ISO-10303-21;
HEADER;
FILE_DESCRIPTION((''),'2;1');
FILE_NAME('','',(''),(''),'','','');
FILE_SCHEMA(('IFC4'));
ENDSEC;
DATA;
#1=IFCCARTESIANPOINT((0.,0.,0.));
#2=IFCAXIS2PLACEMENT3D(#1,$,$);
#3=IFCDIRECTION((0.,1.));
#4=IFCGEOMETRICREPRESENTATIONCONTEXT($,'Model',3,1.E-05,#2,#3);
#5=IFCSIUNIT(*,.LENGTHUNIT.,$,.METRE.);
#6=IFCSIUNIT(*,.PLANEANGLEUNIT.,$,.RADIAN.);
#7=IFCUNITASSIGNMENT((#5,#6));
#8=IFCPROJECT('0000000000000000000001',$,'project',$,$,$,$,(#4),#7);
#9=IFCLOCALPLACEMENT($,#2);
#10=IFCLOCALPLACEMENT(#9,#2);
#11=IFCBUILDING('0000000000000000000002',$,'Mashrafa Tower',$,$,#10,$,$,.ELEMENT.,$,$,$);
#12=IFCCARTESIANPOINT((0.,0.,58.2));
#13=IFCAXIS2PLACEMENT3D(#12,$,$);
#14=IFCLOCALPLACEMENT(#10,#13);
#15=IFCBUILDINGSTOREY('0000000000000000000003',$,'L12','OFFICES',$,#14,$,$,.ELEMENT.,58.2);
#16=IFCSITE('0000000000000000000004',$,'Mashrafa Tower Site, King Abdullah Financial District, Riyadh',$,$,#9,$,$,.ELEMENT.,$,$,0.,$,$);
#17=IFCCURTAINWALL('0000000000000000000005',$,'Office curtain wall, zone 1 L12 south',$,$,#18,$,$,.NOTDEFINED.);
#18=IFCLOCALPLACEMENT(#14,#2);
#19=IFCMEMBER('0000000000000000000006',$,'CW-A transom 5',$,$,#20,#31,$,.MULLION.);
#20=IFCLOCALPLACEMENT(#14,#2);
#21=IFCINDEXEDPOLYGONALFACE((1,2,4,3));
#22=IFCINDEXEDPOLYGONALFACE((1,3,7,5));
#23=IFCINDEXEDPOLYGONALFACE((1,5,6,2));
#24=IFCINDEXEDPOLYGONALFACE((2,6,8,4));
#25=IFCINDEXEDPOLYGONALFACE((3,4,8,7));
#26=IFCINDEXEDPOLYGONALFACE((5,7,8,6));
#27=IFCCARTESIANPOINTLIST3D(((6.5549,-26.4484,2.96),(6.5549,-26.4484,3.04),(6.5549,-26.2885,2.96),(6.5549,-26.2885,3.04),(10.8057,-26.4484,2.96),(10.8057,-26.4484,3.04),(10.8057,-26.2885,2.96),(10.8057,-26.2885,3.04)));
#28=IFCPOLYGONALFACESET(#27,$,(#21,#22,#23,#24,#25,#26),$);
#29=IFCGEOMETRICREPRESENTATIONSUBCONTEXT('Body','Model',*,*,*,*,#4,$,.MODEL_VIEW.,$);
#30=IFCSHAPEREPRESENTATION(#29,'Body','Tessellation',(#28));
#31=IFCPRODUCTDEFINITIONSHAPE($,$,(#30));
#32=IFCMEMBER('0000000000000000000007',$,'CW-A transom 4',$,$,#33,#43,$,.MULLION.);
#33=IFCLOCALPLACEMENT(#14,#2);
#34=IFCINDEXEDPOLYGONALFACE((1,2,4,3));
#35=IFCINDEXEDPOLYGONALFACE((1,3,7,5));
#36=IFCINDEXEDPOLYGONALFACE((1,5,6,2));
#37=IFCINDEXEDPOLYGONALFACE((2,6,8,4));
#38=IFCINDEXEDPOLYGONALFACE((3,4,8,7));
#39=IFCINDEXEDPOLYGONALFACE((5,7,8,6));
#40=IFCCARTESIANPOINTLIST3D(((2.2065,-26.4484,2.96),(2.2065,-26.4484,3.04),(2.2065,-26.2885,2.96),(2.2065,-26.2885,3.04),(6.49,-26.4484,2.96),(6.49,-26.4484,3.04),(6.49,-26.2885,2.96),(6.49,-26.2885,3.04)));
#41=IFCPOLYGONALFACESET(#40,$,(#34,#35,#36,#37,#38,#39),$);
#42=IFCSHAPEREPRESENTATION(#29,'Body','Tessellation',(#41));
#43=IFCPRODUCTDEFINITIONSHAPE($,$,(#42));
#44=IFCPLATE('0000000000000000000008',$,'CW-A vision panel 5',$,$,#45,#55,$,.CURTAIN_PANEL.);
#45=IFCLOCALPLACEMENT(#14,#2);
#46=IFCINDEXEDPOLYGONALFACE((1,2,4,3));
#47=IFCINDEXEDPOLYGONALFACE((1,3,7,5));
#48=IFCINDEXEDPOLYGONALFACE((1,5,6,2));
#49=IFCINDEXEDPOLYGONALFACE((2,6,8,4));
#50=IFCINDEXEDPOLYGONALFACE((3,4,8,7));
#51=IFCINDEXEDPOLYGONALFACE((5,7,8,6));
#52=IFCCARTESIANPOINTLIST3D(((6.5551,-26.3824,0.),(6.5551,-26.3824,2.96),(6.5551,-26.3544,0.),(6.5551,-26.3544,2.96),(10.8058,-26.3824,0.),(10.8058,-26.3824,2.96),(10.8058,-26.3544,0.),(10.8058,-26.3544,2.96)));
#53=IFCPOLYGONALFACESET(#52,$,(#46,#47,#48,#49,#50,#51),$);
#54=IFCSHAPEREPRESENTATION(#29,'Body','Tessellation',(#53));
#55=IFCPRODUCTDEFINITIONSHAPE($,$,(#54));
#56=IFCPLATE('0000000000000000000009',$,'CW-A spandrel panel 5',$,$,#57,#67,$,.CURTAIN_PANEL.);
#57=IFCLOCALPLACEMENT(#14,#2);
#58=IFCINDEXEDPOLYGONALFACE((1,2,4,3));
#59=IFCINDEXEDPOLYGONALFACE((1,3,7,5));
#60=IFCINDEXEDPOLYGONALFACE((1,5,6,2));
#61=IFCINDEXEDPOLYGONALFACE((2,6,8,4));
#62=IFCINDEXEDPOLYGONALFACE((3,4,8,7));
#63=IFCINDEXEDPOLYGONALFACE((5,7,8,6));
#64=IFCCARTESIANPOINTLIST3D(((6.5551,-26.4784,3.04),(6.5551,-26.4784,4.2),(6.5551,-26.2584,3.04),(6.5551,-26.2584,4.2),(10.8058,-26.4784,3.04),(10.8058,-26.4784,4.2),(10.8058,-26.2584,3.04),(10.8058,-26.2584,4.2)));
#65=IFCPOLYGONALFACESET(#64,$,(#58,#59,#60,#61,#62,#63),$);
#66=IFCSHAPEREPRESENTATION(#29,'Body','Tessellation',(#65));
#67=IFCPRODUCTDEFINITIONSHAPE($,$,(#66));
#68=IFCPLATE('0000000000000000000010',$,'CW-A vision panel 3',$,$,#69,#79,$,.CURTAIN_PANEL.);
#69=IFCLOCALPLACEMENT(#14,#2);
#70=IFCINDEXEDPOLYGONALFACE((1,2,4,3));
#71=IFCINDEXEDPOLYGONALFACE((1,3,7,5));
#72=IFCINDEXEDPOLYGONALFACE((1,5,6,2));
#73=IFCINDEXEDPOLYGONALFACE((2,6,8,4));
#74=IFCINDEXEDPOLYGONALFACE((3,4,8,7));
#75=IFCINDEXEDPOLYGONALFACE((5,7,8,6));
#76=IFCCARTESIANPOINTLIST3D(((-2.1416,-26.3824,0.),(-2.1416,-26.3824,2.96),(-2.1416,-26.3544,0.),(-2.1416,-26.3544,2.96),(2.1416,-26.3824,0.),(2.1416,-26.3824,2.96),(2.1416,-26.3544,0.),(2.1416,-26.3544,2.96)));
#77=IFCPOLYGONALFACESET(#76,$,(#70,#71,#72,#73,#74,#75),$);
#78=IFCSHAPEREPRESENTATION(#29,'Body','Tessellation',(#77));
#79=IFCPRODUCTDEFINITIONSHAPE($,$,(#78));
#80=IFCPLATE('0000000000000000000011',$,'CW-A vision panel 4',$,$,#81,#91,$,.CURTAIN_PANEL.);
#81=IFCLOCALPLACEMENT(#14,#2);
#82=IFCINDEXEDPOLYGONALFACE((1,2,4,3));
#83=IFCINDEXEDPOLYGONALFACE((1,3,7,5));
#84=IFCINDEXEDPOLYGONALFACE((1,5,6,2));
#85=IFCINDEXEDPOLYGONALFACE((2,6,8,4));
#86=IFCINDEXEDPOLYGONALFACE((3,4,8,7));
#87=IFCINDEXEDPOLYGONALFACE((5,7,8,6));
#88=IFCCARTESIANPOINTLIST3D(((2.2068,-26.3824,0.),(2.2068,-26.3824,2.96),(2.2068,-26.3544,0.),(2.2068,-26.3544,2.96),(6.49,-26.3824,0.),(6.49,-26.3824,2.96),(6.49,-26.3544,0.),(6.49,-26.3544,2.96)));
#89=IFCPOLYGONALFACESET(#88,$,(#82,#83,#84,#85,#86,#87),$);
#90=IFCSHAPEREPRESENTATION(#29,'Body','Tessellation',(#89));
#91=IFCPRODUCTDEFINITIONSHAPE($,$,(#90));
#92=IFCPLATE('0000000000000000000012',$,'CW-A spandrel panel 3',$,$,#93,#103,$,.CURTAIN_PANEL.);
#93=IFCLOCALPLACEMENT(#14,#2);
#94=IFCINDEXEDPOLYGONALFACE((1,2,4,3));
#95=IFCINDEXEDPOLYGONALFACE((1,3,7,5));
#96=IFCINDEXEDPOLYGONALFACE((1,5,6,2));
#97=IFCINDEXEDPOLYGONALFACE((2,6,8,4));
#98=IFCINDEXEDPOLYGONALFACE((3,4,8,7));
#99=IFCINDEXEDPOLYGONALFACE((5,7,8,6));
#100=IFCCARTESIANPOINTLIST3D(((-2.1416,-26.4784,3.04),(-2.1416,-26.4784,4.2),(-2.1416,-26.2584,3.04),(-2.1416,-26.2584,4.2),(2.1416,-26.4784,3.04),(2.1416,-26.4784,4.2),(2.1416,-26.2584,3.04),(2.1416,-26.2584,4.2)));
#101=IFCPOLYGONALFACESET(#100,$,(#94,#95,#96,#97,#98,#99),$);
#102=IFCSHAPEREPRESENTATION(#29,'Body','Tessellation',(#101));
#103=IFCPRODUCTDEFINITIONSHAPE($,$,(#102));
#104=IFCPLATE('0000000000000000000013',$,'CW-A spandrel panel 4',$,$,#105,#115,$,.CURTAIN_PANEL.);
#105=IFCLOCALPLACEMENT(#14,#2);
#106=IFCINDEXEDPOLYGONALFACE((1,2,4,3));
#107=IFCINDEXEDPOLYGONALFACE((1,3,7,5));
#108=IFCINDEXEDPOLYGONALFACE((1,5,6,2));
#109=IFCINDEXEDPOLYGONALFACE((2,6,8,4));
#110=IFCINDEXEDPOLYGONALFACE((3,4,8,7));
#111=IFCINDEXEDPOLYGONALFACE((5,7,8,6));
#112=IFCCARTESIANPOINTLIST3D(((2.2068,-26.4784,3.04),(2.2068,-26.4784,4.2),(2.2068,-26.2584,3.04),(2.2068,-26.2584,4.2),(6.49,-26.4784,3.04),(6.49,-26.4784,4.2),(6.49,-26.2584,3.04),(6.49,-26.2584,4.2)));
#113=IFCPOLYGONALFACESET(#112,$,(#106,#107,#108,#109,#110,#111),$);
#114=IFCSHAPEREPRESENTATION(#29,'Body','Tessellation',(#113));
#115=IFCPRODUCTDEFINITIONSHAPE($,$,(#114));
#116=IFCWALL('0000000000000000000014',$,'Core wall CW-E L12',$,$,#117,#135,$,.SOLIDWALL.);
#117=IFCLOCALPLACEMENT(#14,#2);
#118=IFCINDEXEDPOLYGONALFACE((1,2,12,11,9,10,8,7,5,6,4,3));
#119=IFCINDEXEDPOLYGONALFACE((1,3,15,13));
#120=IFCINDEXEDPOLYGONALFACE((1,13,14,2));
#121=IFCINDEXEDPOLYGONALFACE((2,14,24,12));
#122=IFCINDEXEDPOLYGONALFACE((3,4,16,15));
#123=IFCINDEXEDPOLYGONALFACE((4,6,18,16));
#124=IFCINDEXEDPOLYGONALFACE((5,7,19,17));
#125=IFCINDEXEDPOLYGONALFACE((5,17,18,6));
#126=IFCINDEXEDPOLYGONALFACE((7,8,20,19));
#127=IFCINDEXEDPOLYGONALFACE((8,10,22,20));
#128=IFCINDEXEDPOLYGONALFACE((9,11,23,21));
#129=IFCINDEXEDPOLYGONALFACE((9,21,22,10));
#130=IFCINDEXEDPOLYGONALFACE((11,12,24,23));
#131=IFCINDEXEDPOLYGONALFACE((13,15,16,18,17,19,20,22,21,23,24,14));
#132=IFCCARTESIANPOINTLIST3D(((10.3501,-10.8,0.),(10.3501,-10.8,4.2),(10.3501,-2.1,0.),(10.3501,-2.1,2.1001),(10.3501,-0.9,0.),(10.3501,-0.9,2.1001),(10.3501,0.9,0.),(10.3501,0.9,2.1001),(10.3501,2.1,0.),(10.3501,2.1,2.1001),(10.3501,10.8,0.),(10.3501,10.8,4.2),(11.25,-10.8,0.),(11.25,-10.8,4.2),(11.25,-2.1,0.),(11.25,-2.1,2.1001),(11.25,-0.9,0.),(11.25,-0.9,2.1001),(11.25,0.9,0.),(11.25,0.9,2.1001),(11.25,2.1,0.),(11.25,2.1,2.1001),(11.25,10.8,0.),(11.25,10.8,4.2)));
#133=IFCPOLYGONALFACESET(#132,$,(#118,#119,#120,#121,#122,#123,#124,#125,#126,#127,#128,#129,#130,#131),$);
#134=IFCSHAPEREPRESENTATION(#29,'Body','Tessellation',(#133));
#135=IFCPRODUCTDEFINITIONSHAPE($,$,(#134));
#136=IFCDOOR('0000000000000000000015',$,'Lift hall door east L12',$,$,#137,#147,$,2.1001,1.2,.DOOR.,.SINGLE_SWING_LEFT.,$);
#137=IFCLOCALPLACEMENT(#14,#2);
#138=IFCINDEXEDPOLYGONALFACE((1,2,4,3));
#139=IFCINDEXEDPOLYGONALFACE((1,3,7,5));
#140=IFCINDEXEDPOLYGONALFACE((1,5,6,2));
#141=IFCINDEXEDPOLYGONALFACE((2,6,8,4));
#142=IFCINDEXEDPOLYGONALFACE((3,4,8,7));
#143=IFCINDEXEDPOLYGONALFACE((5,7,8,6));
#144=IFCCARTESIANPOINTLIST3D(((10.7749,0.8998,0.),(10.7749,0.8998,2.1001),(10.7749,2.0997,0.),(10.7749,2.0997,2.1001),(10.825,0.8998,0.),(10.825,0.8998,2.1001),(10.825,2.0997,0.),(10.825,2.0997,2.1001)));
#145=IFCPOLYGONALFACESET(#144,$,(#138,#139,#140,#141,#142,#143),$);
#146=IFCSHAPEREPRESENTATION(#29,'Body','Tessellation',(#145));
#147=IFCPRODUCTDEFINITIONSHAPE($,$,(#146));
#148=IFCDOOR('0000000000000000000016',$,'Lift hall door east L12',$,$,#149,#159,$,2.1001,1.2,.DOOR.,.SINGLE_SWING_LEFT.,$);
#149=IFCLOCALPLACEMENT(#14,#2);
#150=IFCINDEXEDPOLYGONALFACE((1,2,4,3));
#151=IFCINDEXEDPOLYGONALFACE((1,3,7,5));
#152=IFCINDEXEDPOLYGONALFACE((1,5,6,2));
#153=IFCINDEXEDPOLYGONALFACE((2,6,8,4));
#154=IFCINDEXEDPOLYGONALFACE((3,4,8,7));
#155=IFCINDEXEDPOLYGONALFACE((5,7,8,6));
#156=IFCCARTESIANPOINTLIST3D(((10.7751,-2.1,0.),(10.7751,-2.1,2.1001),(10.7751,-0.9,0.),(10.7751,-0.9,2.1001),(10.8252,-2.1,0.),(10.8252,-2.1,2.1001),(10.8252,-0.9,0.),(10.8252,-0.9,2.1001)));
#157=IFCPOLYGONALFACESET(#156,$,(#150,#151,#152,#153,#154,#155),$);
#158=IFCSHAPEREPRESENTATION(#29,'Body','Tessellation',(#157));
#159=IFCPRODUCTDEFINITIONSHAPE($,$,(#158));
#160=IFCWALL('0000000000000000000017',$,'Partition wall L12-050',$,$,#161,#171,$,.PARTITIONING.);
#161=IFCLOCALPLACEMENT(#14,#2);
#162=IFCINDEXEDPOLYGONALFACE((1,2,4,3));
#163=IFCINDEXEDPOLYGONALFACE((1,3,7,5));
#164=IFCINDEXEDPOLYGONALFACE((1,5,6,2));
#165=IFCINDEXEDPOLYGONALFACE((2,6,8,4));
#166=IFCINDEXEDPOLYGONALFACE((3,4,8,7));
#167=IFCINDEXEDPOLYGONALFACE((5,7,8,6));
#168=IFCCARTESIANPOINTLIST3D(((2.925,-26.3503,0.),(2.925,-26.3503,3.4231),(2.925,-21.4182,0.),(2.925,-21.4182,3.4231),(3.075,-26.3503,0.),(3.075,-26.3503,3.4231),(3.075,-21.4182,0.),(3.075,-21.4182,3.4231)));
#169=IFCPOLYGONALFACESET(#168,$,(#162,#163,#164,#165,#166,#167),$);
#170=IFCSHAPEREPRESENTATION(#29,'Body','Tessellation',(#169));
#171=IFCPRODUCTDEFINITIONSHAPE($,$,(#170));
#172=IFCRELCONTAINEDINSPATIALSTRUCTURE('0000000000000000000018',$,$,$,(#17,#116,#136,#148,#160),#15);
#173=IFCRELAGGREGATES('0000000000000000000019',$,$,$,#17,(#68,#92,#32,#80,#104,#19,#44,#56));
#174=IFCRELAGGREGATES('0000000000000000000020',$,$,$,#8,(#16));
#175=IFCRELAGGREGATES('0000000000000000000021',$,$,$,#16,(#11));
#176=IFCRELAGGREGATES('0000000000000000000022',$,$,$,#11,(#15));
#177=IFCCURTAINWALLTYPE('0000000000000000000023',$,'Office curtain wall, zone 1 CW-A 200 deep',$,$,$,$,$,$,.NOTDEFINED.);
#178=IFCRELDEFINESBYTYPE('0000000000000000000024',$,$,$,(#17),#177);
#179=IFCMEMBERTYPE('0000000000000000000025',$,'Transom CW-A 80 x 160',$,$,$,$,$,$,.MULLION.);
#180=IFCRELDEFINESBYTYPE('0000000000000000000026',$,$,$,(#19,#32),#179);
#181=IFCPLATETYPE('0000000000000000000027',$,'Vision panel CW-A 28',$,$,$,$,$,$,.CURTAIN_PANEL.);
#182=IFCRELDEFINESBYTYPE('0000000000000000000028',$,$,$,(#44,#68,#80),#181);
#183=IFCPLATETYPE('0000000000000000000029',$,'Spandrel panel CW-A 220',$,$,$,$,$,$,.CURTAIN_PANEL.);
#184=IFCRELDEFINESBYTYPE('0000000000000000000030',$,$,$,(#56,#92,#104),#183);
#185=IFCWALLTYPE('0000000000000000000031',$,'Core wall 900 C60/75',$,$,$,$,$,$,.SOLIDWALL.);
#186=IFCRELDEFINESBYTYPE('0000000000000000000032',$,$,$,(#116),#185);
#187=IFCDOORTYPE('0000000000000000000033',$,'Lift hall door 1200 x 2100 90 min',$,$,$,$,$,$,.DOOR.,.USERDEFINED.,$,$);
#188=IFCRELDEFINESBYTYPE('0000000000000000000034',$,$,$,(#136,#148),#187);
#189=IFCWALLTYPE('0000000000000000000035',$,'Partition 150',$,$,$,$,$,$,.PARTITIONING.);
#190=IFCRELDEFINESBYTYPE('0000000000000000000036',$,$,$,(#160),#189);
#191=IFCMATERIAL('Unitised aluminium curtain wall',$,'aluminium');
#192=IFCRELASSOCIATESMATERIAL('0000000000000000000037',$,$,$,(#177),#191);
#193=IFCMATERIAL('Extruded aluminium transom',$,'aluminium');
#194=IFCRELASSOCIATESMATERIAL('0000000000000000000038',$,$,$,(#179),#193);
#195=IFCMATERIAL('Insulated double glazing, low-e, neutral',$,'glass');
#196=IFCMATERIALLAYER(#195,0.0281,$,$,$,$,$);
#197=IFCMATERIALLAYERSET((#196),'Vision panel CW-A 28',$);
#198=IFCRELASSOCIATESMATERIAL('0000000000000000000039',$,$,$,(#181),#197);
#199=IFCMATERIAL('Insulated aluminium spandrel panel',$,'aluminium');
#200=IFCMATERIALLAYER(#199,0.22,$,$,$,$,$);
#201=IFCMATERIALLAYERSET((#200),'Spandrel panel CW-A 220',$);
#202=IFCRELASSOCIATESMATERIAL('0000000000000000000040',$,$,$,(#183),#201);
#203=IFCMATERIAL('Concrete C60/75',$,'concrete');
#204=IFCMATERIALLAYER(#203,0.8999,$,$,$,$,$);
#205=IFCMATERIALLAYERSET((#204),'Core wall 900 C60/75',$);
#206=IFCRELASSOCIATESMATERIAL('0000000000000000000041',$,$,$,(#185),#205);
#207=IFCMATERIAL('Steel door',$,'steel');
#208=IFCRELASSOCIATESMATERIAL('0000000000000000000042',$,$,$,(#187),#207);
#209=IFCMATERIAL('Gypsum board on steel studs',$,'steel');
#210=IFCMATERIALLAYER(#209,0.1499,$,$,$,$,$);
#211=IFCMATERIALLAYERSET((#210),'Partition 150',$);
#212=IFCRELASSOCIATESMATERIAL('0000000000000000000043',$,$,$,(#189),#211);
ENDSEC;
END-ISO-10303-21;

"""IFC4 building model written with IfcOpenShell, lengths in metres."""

from ifc_helpers import new_model, si_unit, direction, frame, frame_2d, origin, origin_2d, place, context, subcontext, project, spatial, rectangle, extrude, source, transform, mapped, material, layer, layer_set, material_profile, profile_set, type_object, type_shapes, element, fill, aggregate, save


model = new_model("IFC4")

# Units and contexts
model_context = context("Model", 3, precision=1e-05, world=origin(), true_north=direction((0.0, 1.0)))
body_context = subcontext(model_context, "Body", "Model", "MODEL_VIEW")
ifc_project = project(units=[si_unit("LENGTHUNIT", "METRE"), si_unit("PLANEANGLEUNIT", "RADIAN")], contexts=[model_context])

# Site, building, storey
site_placement = place(None, origin())
site = spatial("IfcSite", under=ifc_project, at=site_placement, Name="Mashrafa Tower Site, King Abdullah Financial District, Riyadh", CompositionType="ELEMENT", RefElevation=0.0)
building_placement = place(site_placement, origin())
building = spatial("IfcBuilding", under=site, at=building_placement, Name="Mashrafa Tower", CompositionType="ELEMENT")
storey_placement = place(building_placement, frame((0.0, 0.0, 58.2)))
storey = spatial("IfcBuildingStorey", under=building, at=storey_placement, Name="L12", Description="OFFICES", CompositionType="ELEMENT", Elevation=58.2)

# Curtain wall, members, plates
ifc_material_1 = material(Name="Unitised aluminium curtain wall", Category="aluminium")
curtain_wall_type = type_object("IfcCurtainWallType", Name="Office curtain wall, zone 1 CW-A 200 deep", PredefinedType="NOTDEFINED", material=ifc_material_1)
curtain_wall_placement = place(storey_placement, origin())
curtain_wall = element("IfcCurtainWall", 1, at=curtain_wall_placement, inside=storey, type_object=curtain_wall_type, Name="Office curtain wall, zone 1 L12 south", PredefinedType="NOTDEFINED")
ifc_material_2 = material(Name="Extruded aluminium transom", Category="aluminium")
ifc_material_profile_1 = material_profile(ifc_material_2, rectangle(XDim=0.1599, YDim=0.0801, at=origin_2d()), Name="Transom 80x160")
ifc_profile_set_1 = profile_set([ifc_material_profile_1], Name="Extruded aluminium transom")
member_type_1 = type_object("IfcMemberType", Name="Transom CW-A 80 x 160", PredefinedType="MULLION", material=ifc_profile_set_1)
shared_shape_1 = source(origin(), body_context, "Body", "SweptSolid", [
    extrude(rectangle(XDim=0.1599, YDim=0.0801, at=origin_2d()), origin(), (0.0, 0.0, 1.0), 4.2507),
])
member_1_placement = place(storey_placement, frame((6.5549, -26.3684, 3.0), z_axis=(1.0, 0.0, 0.0), x_axis=(0.0, 1.0, 0.0)))
member_1 = element("IfcMember", 2, at=member_1_placement, type_object=member_type_1, Name="CW-A transom 5", PredefinedType="MULLION", context=body_context, shape_type="MappedRepresentation", body=[
    mapped(shared_shape_1, transform((0.0, 0.0, 0.0))),
])
shared_shape_2 = source(origin(), body_context, "Body", "SweptSolid", [
    extrude(rectangle(XDim=0.1599, YDim=0.0801, at=origin_2d()), origin(), (0.0, 0.0, 1.0), 4.2834),
])
type_shapes(member_type_1, [shared_shape_1, shared_shape_2])
member_2_placement = place(storey_placement, frame((2.2065, -26.3684, 3.0), z_axis=(1.0, 0.0, 0.0), x_axis=(0.0, 1.0, 0.0)))
member_2 = element("IfcMember", 3, at=member_2_placement, type_object=member_type_1, Name="CW-A transom 4", PredefinedType="MULLION", context=body_context, shape_type="MappedRepresentation", body=[
    mapped(shared_shape_2, transform((0.0, 0.0, 0.0))),
])
ifc_material_3 = material(Name="Insulated double glazing, low-e, neutral", Category="glass")
ifc_layer_1 = layer(ifc_material_3, 0.0281)
ifc_layer_set_1 = layer_set([ifc_layer_1], Name="Vision panel CW-A 28")
plate_type_1 = type_object("IfcPlateType", Name="Vision panel CW-A 28", PredefinedType="CURTAIN_PANEL", material=ifc_layer_set_1)
shared_shape_3 = source(origin(), body_context, "Body", "SweptSolid", [
    extrude(rectangle(XDim=4.2507, YDim=0.0281, at=origin_2d()), origin(), (0.0, 0.0, 1.0), 2.96),
])
plate_1_placement = place(storey_placement, frame((8.6804, -26.3684, 0.0), z_axis=(0.0, 0.0, 1.0), x_axis=(1.0, 0.0, 0.0)))
plate_1 = element("IfcPlate", 4, at=plate_1_placement, type_object=plate_type_1, Name="CW-A vision panel 5", PredefinedType="CURTAIN_PANEL", context=body_context, shape_type="MappedRepresentation", body=[
    mapped(shared_shape_3, transform((0.0, 0.0, 0.0))),
])
ifc_material_4 = material(Name="Insulated aluminium spandrel panel", Category="aluminium")
ifc_layer_2 = layer(ifc_material_4, 0.22)
ifc_layer_set_2 = layer_set([ifc_layer_2], Name="Spandrel panel CW-A 220")
plate_type_2 = type_object("IfcPlateType", Name="Spandrel panel CW-A 220", PredefinedType="CURTAIN_PANEL", material=ifc_layer_set_2)
shared_shape_4 = source(origin(), body_context, "Body", "SweptSolid", [
    extrude(rectangle(XDim=4.2507, YDim=0.22, at=origin_2d()), origin(), (0.0, 0.0, 1.0), 1.1599),
])
plate_2_placement = place(storey_placement, frame((8.6804, -26.3684, 3.04), z_axis=(0.0, 0.0, 1.0), x_axis=(1.0, 0.0, 0.0)))
plate_2 = element("IfcPlate", 5, at=plate_2_placement, type_object=plate_type_2, Name="CW-A spandrel panel 5", PredefinedType="CURTAIN_PANEL", context=body_context, shape_type="MappedRepresentation", body=[
    mapped(shared_shape_4, transform((0.0, 0.0, 0.0))),
])
shared_shape_5 = source(origin(), body_context, "Body", "SweptSolid", [
    extrude(rectangle(XDim=4.2832, YDim=0.0281, at=origin_2d()), origin(), (0.0, 0.0, 1.0), 2.96),
])
type_shapes(plate_type_1, [shared_shape_3, shared_shape_5])
plate_3_placement = place(storey_placement, frame((0.0, -26.3684, 0.0), z_axis=(0.0, 0.0, 1.0), x_axis=(1.0, 0.0, 0.0)))
plate_3 = element("IfcPlate", 6, at=plate_3_placement, type_object=plate_type_1, Name="CW-A vision panel 3", PredefinedType="CURTAIN_PANEL", context=body_context, shape_type="MappedRepresentation", body=[
    mapped(shared_shape_5, transform((0.0, 0.0, 0.0))),
])
plate_4_placement = place(storey_placement, frame((4.3484, -26.3684, 0.0), z_axis=(0.0, 0.0, 1.0), x_axis=(1.0, 0.0, 0.0)))
plate_4 = element("IfcPlate", 7, at=plate_4_placement, type_object=plate_type_1, Name="CW-A vision panel 4", PredefinedType="CURTAIN_PANEL", context=body_context, shape_type="MappedRepresentation", body=[
    mapped(shared_shape_5, transform((0.0, 0.0, 0.0))),
])
shared_shape_6 = source(origin(), body_context, "Body", "SweptSolid", [
    extrude(rectangle(XDim=4.2832, YDim=0.22, at=origin_2d()), origin(), (0.0, 0.0, 1.0), 1.1599),
])
type_shapes(plate_type_2, [shared_shape_4, shared_shape_6])
plate_5_placement = place(storey_placement, frame((0.0, -26.3684, 3.04), z_axis=(0.0, 0.0, 1.0), x_axis=(1.0, 0.0, 0.0)))
plate_5 = element("IfcPlate", 8, at=plate_5_placement, type_object=plate_type_2, Name="CW-A spandrel panel 3", PredefinedType="CURTAIN_PANEL", context=body_context, shape_type="MappedRepresentation", body=[
    mapped(shared_shape_6, transform((0.0, 0.0, 0.0))),
])
plate_6_placement = place(storey_placement, frame((4.3484, -26.3684, 3.04), z_axis=(0.0, 0.0, 1.0), x_axis=(1.0, 0.0, 0.0)))
plate_6 = element("IfcPlate", 9, at=plate_6_placement, type_object=plate_type_2, Name="CW-A spandrel panel 4", PredefinedType="CURTAIN_PANEL", context=body_context, shape_type="MappedRepresentation", body=[
    mapped(shared_shape_6, transform((0.0, 0.0, 0.0))),
])
aggregate(curtain_wall, [plate_3, plate_5, member_2, plate_4, plate_6, member_1, plate_1, plate_2])

# Wall, openings, doors
ifc_material_5 = material(Name="Concrete C60/75", Category="concrete")
ifc_layer_3 = layer(ifc_material_5, 0.8999)
ifc_layer_set_3 = layer_set([ifc_layer_3], Name="Core wall 900 C60/75")
wall_type_1 = type_object("IfcWallType", Name="Core wall 900 C60/75", PredefinedType="SOLIDWALL", material=ifc_layer_set_3)
wall_1_placement = place(storey_placement, frame((10.8, -10.8, 0.0), z_axis=(0.0, 0.0, 1.0), x_axis=(0.0, 1.0, 0.0)))
wall_1 = element("IfcWall", 10, at=wall_1_placement, inside=storey, type_object=wall_type_1, Name="Core wall CW-E L12", PredefinedType="SOLIDWALL", context=body_context, shape_type="SweptSolid", body=[
    extrude(rectangle(XDim=21.6001, YDim=0.8999, at=frame_2d((10.8, 0.0))), origin(), (0.0, 0.0, 1.0), 4.2),
])
opening_1_placement = place(wall_1_placement, frame((11.7, 0.0, 0.0)))
opening_1 = element("IfcOpeningElement", 11, at=opening_1_placement, cuts=wall_1, PredefinedType="OPENING", context=body_context, shape_type="SweptSolid", body=[
    extrude(rectangle(XDim=1.2, YDim=2.1001, at=frame_2d((0.6001, 1.05))), frame((0.0, 0.46, 0.0), z_axis=(0.0, -1.0, 0.0), x_axis=(1.0, 0.0, 0.0)), (0.0, 0.0, 1.0), 0.9199),
])
opening_2_placement = place(wall_1_placement, frame((8.7, 0.0, 0.0)))
opening_2 = element("IfcOpeningElement", 12, at=opening_2_placement, cuts=wall_1, PredefinedType="OPENING", context=body_context, shape_type="SweptSolid", body=[
    extrude(rectangle(XDim=1.2, YDim=2.1001, at=frame_2d((0.6001, 1.05))), frame((0.0, 0.46, 0.0), z_axis=(0.0, -1.0, 0.0), x_axis=(1.0, 0.0, 0.0)), (0.0, 0.0, 1.0), 0.9199),
])
ifc_material_6 = material(Name="Steel door", Category="steel")
door_type_1 = type_object("IfcDoorType", Name="Lift hall door 1200 x 2100 90 min", OperationType="USERDEFINED", PredefinedType="DOOR", material=ifc_material_6)
door_1_placement = place(opening_1_placement, frame((1.2, 0.0, 0.0), z_axis=(0.0, 0.0, 1.0), x_axis=(-1.0, 0.0, 0.0)))
door_1 = element("IfcDoor", 13, at=door_1_placement, inside=storey, type_object=door_type_1, Name="Lift hall door east L12", OperationType="SINGLE_SWING_LEFT", OverallHeight=2.1001, OverallWidth=1.2, PredefinedType="DOOR", context=body_context, shape_type="SweptSolid", body=[
    extrude(rectangle(XDim=1.2, YDim=2.1001, at=frame_2d((0.6001, 1.05))), frame((0.0, 0.0249, 0.0), z_axis=(0.0, -1.0, 0.0), x_axis=(1.0, 0.0, 0.0)), (0.0, 0.0, 1.0), 0.05),
])
fill(opening_1, door_1)
door_2_placement = place(opening_2_placement, origin())
door_2 = element("IfcDoor", 14, at=door_2_placement, inside=storey, type_object=door_type_1, Name="Lift hall door east L12", OperationType="SINGLE_SWING_LEFT", OverallHeight=2.1001, OverallWidth=1.2, PredefinedType="DOOR", context=body_context, shape_type="SweptSolid", body=[
    extrude(rectangle(XDim=1.2, YDim=2.1001, at=frame_2d((0.6001, 1.05))), frame((0.0, 0.0249, 0.0), z_axis=(0.0, -1.0, 0.0), x_axis=(1.0, 0.0, 0.0)), (0.0, 0.0, 1.0), 0.05),
])
fill(opening_2, door_2)

# Wall
ifc_material_7 = material(Name="Gypsum board on steel studs", Category="steel")
ifc_layer_4 = layer(ifc_material_7, 0.1499)
ifc_layer_set_4 = layer_set([ifc_layer_4], Name="Partition 150")
wall_type_2 = type_object("IfcWallType", Name="Partition 150", PredefinedType="PARTITIONING", material=ifc_layer_set_4)
wall_2_placement = place(storey_placement, frame((3.0, -26.3503, 0.0), z_axis=(0.0, 0.0, 1.0), x_axis=(0.0, 1.0, 0.0)))
element("IfcWall", 15, at=wall_2_placement, inside=storey, type_object=wall_type_2, Name="Partition wall L12-050", PredefinedType="PARTITIONING", context=body_context, shape_type="SweptSolid", body=[
    extrude(rectangle(XDim=4.9321, YDim=0.1499, at=frame_2d((2.4661, 0.0))), origin(), (0.0, 0.0, 1.0), 3.4231),
])

save(model, "model.ifc")
